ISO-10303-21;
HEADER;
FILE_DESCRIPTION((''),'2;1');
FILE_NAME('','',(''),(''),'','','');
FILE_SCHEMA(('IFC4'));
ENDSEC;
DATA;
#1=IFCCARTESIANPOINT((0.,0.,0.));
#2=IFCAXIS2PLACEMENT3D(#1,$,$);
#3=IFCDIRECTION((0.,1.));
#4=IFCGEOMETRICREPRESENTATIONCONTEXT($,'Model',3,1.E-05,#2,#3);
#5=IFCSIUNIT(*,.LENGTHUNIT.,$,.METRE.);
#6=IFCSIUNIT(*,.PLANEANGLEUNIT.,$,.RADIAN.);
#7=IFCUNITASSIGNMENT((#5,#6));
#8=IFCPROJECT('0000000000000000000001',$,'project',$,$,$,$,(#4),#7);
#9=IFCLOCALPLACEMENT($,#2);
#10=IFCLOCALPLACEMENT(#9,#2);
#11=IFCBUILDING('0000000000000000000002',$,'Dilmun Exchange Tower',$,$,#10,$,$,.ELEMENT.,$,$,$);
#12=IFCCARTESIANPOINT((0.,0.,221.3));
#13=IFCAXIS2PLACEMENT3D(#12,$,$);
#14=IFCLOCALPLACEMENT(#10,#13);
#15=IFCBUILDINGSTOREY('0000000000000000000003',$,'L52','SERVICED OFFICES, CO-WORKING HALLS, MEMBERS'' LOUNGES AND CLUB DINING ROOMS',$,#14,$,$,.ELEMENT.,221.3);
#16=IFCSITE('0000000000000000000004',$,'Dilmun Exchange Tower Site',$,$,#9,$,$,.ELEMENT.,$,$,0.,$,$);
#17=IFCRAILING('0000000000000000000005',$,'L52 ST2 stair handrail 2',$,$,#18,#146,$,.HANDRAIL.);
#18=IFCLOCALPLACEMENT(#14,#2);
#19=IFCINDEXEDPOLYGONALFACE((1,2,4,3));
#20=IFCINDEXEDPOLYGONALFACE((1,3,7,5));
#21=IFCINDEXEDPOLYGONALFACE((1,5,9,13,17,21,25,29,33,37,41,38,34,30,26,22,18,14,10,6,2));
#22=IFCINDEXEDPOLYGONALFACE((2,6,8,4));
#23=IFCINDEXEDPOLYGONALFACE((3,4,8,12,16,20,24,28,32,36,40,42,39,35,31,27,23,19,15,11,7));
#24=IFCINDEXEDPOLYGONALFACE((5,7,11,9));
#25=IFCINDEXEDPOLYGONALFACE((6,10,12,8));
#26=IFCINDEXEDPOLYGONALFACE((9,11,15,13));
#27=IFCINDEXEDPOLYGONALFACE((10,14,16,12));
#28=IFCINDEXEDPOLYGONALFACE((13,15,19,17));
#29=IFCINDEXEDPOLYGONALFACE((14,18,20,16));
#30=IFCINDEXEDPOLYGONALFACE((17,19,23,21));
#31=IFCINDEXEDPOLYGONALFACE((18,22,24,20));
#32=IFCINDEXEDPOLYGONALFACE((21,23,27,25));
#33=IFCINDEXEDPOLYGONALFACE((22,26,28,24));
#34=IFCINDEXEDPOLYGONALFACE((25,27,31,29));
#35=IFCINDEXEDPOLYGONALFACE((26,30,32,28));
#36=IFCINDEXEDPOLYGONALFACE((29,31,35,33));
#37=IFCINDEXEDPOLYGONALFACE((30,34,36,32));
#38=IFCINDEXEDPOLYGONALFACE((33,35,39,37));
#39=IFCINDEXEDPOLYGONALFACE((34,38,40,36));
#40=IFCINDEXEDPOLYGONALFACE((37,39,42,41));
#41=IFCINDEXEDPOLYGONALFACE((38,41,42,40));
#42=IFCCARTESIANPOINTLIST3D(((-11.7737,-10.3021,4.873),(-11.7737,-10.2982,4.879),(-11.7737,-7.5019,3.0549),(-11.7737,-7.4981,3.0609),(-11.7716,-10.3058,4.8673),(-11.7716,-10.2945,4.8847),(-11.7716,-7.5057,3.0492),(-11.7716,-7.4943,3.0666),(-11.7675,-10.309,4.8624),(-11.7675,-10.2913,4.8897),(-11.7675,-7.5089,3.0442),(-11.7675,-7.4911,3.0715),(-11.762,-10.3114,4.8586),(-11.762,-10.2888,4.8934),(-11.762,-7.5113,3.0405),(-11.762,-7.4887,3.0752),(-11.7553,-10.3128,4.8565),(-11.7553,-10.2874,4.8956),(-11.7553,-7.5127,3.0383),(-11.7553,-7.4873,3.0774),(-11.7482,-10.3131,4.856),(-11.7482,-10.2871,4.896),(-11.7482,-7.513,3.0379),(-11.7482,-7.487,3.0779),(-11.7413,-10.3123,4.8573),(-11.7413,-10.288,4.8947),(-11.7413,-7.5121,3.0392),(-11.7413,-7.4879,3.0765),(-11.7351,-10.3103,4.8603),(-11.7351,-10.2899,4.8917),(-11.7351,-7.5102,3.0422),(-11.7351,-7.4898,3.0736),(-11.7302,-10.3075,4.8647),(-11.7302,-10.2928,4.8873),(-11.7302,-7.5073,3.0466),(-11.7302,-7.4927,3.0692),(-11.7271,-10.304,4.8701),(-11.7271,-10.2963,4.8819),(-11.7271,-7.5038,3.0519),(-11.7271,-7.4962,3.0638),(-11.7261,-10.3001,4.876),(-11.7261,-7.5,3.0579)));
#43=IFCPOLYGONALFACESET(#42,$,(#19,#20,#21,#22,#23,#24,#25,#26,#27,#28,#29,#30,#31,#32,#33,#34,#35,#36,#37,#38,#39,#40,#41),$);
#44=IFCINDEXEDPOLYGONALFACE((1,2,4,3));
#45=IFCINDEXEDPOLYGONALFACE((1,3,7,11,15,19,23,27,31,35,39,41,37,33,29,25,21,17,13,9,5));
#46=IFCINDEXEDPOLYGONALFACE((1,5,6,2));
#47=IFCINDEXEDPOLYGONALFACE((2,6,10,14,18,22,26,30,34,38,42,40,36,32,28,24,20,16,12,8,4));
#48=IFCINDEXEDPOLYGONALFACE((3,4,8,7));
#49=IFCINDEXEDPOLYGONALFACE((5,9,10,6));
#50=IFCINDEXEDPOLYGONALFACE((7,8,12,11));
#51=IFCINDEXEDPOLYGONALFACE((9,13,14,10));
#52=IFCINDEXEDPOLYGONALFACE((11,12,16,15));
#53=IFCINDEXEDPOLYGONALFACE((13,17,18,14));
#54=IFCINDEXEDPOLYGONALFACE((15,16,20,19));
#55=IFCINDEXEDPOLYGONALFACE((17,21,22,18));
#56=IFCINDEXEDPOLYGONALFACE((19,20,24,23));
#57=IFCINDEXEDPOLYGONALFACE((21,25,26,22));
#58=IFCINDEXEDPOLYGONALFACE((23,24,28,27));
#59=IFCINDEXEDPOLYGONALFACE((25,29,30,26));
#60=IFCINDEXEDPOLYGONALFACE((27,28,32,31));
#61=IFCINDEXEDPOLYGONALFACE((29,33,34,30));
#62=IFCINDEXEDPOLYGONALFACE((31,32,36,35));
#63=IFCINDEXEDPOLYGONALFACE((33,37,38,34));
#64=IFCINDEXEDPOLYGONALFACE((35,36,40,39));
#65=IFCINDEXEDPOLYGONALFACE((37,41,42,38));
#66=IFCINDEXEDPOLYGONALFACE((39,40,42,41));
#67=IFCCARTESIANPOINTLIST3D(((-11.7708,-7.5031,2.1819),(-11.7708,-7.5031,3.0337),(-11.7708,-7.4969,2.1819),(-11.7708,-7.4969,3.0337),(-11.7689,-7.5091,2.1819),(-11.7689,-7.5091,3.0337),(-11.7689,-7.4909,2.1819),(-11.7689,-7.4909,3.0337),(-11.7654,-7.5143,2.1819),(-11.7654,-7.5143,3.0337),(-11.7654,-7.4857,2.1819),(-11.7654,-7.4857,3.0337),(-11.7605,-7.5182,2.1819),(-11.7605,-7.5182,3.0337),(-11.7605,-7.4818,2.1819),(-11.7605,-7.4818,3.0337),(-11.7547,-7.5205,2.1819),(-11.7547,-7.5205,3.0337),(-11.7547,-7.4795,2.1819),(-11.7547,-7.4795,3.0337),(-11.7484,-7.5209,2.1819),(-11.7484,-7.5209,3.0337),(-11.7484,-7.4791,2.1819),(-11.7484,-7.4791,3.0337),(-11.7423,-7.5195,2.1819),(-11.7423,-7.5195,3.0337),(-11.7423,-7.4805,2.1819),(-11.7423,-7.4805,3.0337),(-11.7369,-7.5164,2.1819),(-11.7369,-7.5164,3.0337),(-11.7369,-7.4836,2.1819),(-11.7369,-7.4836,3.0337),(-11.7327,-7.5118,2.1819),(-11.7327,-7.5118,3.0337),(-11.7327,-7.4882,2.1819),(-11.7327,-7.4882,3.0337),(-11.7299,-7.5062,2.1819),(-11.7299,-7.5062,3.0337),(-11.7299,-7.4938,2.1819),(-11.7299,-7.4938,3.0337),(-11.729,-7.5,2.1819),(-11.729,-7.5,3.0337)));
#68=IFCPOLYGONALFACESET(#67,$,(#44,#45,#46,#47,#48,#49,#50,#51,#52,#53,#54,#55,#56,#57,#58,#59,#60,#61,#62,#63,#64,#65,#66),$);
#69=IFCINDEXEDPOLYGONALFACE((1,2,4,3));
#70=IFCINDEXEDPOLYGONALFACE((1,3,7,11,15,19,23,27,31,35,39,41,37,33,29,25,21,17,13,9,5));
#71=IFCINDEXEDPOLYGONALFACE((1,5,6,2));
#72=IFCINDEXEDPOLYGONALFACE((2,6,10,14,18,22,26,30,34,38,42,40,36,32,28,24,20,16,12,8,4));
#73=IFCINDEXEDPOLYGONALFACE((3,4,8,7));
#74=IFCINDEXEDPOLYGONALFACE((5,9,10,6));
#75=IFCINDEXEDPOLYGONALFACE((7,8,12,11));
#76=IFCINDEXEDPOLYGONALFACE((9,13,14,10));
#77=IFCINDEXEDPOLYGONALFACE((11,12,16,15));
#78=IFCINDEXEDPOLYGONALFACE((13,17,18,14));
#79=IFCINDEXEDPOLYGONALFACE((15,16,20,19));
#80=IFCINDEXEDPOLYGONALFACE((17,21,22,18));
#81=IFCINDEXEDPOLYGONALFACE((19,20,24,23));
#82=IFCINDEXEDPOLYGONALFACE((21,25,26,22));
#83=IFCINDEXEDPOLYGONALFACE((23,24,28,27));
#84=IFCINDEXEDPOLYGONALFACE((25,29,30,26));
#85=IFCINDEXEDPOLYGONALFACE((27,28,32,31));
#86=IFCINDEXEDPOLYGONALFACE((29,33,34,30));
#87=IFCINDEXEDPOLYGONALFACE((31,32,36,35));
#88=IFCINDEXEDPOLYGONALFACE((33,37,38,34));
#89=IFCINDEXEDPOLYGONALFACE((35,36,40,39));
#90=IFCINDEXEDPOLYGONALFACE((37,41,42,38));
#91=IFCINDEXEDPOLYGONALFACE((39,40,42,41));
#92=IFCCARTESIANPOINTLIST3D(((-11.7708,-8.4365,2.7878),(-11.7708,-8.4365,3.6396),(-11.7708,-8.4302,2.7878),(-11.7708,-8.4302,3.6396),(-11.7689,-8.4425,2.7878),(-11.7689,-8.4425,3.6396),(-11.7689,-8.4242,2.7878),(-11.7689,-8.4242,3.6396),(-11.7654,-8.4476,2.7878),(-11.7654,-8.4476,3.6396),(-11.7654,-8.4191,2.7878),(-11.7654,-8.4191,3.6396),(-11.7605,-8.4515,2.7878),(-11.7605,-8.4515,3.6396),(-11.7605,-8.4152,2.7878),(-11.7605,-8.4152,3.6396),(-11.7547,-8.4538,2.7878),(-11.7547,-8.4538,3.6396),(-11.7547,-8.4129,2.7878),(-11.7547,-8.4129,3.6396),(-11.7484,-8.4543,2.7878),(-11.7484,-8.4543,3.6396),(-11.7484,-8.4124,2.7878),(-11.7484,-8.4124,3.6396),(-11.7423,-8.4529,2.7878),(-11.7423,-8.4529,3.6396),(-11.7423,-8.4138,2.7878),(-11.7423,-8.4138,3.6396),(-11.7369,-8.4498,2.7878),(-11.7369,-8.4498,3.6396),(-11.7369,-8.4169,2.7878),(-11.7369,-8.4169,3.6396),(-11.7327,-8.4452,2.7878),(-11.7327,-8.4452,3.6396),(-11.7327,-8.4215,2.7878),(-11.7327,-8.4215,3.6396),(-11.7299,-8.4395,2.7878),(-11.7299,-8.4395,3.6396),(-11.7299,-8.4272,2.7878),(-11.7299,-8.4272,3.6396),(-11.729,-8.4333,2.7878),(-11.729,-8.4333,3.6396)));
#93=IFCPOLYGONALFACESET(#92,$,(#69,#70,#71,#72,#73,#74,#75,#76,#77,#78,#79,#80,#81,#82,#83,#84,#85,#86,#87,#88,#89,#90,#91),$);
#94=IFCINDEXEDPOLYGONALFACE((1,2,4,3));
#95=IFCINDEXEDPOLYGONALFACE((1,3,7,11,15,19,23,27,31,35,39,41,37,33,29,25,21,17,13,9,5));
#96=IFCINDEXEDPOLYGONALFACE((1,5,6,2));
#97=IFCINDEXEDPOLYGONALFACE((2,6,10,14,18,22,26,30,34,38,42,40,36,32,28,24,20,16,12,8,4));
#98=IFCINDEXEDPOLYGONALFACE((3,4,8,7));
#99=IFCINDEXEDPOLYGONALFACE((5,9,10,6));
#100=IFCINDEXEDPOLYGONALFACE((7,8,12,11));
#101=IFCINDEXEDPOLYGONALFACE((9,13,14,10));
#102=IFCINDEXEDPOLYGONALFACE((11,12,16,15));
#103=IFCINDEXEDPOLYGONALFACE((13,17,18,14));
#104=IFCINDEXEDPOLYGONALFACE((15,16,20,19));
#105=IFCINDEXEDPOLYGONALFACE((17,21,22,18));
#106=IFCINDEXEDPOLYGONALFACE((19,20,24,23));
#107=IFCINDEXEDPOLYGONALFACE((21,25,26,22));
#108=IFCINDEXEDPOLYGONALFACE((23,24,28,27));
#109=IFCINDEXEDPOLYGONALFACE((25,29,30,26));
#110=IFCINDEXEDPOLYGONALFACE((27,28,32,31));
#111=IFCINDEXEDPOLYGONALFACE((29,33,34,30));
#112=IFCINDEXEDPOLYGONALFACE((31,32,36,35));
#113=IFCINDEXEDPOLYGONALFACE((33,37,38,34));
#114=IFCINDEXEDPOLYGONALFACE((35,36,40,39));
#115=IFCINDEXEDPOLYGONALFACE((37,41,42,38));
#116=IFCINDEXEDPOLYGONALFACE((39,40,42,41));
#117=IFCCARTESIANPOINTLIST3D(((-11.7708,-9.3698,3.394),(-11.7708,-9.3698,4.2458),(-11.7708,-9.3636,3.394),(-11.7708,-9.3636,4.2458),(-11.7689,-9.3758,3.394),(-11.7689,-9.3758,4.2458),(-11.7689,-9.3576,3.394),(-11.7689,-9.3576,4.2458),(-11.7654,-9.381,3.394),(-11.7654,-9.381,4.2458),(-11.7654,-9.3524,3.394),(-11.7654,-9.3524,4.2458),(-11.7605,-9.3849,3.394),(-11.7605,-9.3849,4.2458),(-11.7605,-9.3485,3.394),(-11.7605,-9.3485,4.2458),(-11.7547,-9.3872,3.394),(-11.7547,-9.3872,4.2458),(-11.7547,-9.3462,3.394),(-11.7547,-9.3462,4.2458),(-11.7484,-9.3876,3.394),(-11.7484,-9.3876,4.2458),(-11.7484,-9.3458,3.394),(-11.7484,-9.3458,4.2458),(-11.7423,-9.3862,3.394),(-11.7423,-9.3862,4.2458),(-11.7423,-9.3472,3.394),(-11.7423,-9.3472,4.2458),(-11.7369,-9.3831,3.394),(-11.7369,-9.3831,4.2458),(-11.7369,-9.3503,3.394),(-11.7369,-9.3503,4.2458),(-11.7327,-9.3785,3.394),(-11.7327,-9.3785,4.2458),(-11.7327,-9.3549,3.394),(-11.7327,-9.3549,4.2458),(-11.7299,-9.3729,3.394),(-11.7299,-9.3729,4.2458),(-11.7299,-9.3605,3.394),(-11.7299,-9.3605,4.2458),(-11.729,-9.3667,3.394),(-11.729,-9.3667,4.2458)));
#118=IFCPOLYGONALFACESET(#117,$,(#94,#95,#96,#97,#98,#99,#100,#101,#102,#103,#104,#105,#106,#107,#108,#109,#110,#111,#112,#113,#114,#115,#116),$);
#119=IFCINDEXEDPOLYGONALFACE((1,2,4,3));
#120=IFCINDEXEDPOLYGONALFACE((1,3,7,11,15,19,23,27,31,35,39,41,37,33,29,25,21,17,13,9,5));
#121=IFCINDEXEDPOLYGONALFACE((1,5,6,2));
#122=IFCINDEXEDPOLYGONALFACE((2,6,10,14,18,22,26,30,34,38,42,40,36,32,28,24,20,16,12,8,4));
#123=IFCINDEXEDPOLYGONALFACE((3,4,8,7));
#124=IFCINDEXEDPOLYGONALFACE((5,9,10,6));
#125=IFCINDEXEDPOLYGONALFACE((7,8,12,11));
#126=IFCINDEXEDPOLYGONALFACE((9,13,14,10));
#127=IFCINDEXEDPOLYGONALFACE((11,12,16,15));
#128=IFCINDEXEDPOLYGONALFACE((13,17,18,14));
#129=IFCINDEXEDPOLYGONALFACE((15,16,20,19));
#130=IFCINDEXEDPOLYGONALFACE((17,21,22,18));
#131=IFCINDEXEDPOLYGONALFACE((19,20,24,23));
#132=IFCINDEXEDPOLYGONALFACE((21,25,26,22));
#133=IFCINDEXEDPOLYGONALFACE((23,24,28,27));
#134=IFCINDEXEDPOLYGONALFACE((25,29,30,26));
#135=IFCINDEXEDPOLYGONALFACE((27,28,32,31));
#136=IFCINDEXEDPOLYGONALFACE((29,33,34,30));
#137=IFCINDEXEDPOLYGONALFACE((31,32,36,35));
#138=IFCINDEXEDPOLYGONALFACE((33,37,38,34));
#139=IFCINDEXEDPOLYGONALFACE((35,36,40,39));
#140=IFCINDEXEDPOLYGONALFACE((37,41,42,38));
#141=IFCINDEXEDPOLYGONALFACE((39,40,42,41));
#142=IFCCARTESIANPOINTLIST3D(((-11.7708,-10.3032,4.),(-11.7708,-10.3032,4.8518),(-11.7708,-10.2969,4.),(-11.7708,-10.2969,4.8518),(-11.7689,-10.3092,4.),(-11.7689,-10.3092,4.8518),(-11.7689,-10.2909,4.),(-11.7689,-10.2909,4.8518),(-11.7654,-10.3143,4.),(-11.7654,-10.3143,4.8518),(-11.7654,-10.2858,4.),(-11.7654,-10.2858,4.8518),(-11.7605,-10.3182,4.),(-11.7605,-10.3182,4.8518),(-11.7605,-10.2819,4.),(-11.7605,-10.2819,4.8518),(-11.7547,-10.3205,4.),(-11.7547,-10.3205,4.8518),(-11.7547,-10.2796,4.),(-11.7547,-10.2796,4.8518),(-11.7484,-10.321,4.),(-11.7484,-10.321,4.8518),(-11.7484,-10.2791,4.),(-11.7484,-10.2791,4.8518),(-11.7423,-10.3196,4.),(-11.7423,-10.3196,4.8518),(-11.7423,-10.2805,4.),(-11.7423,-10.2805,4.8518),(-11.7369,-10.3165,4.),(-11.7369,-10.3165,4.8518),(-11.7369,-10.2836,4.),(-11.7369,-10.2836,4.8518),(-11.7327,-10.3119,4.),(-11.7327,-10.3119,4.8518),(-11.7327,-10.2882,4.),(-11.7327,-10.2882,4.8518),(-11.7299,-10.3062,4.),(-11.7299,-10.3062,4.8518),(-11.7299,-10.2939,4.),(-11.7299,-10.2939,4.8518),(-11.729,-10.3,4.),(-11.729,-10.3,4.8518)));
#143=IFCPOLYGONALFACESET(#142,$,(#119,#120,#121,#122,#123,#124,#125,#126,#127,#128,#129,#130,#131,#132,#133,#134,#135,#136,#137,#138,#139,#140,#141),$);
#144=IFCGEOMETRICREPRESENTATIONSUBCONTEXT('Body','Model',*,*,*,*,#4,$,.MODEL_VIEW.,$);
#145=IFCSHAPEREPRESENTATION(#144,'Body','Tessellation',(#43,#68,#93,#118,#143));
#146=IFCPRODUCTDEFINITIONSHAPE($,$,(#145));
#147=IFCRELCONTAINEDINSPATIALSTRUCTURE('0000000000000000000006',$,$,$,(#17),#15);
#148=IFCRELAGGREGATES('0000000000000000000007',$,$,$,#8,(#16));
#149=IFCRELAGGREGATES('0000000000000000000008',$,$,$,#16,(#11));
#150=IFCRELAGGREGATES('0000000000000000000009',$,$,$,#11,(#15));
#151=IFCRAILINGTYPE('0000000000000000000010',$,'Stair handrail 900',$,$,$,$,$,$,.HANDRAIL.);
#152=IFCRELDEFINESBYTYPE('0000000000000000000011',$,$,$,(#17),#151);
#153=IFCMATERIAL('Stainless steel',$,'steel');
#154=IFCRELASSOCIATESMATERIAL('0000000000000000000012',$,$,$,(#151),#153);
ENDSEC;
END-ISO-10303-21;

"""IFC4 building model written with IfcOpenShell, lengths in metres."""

from ifc_helpers import new_model, si_unit, direction, frame, origin, origin_2d, place, context, subcontext, project, spatial, circle, extrude, material, type_object, element, save


model = new_model("IFC4")

# Units and contexts
model_context = context("Model", 3, precision=1e-05, world=origin(), true_north=direction((0.0, 1.0)))
body_context = subcontext(model_context, "Body", "Model", "MODEL_VIEW")
ifc_project = project(units=[si_unit("LENGTHUNIT", "METRE"), si_unit("PLANEANGLEUNIT", "RADIAN")], contexts=[model_context])

# Site, building, storey
site_placement = place(None, origin())
site = spatial("IfcSite", under=ifc_project, at=site_placement, Name="Dilmun Exchange Tower Site", CompositionType="ELEMENT", RefElevation=0.0)
building_placement = place(site_placement, origin())
building = spatial("IfcBuilding", under=site, at=building_placement, Name="Dilmun Exchange Tower", CompositionType="ELEMENT")
storey_placement = place(building_placement, frame((0.0, 0.0, 221.3)))
storey = spatial("IfcBuildingStorey", under=building, at=storey_placement, Name="L52", Description="SERVICED OFFICES, CO-WORKING HALLS, MEMBERS' LOUNGES AND CLUB DINING ROOMS", CompositionType="ELEMENT", Elevation=221.3)

# Railing
ifc_material_1 = material(Name="Stainless steel", Category="steel")
railing_type = type_object("IfcRailingType", Name="Stair handrail 900", PredefinedType="HANDRAIL", material=ifc_material_1)
railing_placement = place(storey_placement, frame((-11.75, -7.5, 2.1819)))
element("IfcRailing", 1, at=railing_placement, inside=storey, type_object=railing_type, Name="L52 ST2 stair handrail 2", PredefinedType="HANDRAIL", context=body_context, shape_type="SweptSolid", body=[
    extrude(circle(Radius=0.0239, at=origin_2d()), frame((0.0, 0.0, 0.876), z_axis=(0.0, -0.838706, 0.544585), x_axis=(1.0, 0.0, 0.0)), (0.0, 0.0, 1.0), 3.3386),
    extrude(circle(Radius=0.021, at=origin_2d()), origin(), (0.0, 0.0, 1.0), 0.8518),
    extrude(circle(Radius=0.021, at=origin_2d()), frame((0.0, -0.9333, 0.606)), (0.0, 0.0, 1.0), 0.8518),
    extrude(circle(Radius=0.021, at=origin_2d()), frame((0.0, -1.8667, 1.2122)), (0.0, 0.0, 1.0), 0.8518),
    extrude(circle(Radius=0.021, at=origin_2d()), frame((0.0, -2.8, 1.8181)), (0.0, 0.0, 1.0), 0.8518),
])

save(model, "model.ifc")
